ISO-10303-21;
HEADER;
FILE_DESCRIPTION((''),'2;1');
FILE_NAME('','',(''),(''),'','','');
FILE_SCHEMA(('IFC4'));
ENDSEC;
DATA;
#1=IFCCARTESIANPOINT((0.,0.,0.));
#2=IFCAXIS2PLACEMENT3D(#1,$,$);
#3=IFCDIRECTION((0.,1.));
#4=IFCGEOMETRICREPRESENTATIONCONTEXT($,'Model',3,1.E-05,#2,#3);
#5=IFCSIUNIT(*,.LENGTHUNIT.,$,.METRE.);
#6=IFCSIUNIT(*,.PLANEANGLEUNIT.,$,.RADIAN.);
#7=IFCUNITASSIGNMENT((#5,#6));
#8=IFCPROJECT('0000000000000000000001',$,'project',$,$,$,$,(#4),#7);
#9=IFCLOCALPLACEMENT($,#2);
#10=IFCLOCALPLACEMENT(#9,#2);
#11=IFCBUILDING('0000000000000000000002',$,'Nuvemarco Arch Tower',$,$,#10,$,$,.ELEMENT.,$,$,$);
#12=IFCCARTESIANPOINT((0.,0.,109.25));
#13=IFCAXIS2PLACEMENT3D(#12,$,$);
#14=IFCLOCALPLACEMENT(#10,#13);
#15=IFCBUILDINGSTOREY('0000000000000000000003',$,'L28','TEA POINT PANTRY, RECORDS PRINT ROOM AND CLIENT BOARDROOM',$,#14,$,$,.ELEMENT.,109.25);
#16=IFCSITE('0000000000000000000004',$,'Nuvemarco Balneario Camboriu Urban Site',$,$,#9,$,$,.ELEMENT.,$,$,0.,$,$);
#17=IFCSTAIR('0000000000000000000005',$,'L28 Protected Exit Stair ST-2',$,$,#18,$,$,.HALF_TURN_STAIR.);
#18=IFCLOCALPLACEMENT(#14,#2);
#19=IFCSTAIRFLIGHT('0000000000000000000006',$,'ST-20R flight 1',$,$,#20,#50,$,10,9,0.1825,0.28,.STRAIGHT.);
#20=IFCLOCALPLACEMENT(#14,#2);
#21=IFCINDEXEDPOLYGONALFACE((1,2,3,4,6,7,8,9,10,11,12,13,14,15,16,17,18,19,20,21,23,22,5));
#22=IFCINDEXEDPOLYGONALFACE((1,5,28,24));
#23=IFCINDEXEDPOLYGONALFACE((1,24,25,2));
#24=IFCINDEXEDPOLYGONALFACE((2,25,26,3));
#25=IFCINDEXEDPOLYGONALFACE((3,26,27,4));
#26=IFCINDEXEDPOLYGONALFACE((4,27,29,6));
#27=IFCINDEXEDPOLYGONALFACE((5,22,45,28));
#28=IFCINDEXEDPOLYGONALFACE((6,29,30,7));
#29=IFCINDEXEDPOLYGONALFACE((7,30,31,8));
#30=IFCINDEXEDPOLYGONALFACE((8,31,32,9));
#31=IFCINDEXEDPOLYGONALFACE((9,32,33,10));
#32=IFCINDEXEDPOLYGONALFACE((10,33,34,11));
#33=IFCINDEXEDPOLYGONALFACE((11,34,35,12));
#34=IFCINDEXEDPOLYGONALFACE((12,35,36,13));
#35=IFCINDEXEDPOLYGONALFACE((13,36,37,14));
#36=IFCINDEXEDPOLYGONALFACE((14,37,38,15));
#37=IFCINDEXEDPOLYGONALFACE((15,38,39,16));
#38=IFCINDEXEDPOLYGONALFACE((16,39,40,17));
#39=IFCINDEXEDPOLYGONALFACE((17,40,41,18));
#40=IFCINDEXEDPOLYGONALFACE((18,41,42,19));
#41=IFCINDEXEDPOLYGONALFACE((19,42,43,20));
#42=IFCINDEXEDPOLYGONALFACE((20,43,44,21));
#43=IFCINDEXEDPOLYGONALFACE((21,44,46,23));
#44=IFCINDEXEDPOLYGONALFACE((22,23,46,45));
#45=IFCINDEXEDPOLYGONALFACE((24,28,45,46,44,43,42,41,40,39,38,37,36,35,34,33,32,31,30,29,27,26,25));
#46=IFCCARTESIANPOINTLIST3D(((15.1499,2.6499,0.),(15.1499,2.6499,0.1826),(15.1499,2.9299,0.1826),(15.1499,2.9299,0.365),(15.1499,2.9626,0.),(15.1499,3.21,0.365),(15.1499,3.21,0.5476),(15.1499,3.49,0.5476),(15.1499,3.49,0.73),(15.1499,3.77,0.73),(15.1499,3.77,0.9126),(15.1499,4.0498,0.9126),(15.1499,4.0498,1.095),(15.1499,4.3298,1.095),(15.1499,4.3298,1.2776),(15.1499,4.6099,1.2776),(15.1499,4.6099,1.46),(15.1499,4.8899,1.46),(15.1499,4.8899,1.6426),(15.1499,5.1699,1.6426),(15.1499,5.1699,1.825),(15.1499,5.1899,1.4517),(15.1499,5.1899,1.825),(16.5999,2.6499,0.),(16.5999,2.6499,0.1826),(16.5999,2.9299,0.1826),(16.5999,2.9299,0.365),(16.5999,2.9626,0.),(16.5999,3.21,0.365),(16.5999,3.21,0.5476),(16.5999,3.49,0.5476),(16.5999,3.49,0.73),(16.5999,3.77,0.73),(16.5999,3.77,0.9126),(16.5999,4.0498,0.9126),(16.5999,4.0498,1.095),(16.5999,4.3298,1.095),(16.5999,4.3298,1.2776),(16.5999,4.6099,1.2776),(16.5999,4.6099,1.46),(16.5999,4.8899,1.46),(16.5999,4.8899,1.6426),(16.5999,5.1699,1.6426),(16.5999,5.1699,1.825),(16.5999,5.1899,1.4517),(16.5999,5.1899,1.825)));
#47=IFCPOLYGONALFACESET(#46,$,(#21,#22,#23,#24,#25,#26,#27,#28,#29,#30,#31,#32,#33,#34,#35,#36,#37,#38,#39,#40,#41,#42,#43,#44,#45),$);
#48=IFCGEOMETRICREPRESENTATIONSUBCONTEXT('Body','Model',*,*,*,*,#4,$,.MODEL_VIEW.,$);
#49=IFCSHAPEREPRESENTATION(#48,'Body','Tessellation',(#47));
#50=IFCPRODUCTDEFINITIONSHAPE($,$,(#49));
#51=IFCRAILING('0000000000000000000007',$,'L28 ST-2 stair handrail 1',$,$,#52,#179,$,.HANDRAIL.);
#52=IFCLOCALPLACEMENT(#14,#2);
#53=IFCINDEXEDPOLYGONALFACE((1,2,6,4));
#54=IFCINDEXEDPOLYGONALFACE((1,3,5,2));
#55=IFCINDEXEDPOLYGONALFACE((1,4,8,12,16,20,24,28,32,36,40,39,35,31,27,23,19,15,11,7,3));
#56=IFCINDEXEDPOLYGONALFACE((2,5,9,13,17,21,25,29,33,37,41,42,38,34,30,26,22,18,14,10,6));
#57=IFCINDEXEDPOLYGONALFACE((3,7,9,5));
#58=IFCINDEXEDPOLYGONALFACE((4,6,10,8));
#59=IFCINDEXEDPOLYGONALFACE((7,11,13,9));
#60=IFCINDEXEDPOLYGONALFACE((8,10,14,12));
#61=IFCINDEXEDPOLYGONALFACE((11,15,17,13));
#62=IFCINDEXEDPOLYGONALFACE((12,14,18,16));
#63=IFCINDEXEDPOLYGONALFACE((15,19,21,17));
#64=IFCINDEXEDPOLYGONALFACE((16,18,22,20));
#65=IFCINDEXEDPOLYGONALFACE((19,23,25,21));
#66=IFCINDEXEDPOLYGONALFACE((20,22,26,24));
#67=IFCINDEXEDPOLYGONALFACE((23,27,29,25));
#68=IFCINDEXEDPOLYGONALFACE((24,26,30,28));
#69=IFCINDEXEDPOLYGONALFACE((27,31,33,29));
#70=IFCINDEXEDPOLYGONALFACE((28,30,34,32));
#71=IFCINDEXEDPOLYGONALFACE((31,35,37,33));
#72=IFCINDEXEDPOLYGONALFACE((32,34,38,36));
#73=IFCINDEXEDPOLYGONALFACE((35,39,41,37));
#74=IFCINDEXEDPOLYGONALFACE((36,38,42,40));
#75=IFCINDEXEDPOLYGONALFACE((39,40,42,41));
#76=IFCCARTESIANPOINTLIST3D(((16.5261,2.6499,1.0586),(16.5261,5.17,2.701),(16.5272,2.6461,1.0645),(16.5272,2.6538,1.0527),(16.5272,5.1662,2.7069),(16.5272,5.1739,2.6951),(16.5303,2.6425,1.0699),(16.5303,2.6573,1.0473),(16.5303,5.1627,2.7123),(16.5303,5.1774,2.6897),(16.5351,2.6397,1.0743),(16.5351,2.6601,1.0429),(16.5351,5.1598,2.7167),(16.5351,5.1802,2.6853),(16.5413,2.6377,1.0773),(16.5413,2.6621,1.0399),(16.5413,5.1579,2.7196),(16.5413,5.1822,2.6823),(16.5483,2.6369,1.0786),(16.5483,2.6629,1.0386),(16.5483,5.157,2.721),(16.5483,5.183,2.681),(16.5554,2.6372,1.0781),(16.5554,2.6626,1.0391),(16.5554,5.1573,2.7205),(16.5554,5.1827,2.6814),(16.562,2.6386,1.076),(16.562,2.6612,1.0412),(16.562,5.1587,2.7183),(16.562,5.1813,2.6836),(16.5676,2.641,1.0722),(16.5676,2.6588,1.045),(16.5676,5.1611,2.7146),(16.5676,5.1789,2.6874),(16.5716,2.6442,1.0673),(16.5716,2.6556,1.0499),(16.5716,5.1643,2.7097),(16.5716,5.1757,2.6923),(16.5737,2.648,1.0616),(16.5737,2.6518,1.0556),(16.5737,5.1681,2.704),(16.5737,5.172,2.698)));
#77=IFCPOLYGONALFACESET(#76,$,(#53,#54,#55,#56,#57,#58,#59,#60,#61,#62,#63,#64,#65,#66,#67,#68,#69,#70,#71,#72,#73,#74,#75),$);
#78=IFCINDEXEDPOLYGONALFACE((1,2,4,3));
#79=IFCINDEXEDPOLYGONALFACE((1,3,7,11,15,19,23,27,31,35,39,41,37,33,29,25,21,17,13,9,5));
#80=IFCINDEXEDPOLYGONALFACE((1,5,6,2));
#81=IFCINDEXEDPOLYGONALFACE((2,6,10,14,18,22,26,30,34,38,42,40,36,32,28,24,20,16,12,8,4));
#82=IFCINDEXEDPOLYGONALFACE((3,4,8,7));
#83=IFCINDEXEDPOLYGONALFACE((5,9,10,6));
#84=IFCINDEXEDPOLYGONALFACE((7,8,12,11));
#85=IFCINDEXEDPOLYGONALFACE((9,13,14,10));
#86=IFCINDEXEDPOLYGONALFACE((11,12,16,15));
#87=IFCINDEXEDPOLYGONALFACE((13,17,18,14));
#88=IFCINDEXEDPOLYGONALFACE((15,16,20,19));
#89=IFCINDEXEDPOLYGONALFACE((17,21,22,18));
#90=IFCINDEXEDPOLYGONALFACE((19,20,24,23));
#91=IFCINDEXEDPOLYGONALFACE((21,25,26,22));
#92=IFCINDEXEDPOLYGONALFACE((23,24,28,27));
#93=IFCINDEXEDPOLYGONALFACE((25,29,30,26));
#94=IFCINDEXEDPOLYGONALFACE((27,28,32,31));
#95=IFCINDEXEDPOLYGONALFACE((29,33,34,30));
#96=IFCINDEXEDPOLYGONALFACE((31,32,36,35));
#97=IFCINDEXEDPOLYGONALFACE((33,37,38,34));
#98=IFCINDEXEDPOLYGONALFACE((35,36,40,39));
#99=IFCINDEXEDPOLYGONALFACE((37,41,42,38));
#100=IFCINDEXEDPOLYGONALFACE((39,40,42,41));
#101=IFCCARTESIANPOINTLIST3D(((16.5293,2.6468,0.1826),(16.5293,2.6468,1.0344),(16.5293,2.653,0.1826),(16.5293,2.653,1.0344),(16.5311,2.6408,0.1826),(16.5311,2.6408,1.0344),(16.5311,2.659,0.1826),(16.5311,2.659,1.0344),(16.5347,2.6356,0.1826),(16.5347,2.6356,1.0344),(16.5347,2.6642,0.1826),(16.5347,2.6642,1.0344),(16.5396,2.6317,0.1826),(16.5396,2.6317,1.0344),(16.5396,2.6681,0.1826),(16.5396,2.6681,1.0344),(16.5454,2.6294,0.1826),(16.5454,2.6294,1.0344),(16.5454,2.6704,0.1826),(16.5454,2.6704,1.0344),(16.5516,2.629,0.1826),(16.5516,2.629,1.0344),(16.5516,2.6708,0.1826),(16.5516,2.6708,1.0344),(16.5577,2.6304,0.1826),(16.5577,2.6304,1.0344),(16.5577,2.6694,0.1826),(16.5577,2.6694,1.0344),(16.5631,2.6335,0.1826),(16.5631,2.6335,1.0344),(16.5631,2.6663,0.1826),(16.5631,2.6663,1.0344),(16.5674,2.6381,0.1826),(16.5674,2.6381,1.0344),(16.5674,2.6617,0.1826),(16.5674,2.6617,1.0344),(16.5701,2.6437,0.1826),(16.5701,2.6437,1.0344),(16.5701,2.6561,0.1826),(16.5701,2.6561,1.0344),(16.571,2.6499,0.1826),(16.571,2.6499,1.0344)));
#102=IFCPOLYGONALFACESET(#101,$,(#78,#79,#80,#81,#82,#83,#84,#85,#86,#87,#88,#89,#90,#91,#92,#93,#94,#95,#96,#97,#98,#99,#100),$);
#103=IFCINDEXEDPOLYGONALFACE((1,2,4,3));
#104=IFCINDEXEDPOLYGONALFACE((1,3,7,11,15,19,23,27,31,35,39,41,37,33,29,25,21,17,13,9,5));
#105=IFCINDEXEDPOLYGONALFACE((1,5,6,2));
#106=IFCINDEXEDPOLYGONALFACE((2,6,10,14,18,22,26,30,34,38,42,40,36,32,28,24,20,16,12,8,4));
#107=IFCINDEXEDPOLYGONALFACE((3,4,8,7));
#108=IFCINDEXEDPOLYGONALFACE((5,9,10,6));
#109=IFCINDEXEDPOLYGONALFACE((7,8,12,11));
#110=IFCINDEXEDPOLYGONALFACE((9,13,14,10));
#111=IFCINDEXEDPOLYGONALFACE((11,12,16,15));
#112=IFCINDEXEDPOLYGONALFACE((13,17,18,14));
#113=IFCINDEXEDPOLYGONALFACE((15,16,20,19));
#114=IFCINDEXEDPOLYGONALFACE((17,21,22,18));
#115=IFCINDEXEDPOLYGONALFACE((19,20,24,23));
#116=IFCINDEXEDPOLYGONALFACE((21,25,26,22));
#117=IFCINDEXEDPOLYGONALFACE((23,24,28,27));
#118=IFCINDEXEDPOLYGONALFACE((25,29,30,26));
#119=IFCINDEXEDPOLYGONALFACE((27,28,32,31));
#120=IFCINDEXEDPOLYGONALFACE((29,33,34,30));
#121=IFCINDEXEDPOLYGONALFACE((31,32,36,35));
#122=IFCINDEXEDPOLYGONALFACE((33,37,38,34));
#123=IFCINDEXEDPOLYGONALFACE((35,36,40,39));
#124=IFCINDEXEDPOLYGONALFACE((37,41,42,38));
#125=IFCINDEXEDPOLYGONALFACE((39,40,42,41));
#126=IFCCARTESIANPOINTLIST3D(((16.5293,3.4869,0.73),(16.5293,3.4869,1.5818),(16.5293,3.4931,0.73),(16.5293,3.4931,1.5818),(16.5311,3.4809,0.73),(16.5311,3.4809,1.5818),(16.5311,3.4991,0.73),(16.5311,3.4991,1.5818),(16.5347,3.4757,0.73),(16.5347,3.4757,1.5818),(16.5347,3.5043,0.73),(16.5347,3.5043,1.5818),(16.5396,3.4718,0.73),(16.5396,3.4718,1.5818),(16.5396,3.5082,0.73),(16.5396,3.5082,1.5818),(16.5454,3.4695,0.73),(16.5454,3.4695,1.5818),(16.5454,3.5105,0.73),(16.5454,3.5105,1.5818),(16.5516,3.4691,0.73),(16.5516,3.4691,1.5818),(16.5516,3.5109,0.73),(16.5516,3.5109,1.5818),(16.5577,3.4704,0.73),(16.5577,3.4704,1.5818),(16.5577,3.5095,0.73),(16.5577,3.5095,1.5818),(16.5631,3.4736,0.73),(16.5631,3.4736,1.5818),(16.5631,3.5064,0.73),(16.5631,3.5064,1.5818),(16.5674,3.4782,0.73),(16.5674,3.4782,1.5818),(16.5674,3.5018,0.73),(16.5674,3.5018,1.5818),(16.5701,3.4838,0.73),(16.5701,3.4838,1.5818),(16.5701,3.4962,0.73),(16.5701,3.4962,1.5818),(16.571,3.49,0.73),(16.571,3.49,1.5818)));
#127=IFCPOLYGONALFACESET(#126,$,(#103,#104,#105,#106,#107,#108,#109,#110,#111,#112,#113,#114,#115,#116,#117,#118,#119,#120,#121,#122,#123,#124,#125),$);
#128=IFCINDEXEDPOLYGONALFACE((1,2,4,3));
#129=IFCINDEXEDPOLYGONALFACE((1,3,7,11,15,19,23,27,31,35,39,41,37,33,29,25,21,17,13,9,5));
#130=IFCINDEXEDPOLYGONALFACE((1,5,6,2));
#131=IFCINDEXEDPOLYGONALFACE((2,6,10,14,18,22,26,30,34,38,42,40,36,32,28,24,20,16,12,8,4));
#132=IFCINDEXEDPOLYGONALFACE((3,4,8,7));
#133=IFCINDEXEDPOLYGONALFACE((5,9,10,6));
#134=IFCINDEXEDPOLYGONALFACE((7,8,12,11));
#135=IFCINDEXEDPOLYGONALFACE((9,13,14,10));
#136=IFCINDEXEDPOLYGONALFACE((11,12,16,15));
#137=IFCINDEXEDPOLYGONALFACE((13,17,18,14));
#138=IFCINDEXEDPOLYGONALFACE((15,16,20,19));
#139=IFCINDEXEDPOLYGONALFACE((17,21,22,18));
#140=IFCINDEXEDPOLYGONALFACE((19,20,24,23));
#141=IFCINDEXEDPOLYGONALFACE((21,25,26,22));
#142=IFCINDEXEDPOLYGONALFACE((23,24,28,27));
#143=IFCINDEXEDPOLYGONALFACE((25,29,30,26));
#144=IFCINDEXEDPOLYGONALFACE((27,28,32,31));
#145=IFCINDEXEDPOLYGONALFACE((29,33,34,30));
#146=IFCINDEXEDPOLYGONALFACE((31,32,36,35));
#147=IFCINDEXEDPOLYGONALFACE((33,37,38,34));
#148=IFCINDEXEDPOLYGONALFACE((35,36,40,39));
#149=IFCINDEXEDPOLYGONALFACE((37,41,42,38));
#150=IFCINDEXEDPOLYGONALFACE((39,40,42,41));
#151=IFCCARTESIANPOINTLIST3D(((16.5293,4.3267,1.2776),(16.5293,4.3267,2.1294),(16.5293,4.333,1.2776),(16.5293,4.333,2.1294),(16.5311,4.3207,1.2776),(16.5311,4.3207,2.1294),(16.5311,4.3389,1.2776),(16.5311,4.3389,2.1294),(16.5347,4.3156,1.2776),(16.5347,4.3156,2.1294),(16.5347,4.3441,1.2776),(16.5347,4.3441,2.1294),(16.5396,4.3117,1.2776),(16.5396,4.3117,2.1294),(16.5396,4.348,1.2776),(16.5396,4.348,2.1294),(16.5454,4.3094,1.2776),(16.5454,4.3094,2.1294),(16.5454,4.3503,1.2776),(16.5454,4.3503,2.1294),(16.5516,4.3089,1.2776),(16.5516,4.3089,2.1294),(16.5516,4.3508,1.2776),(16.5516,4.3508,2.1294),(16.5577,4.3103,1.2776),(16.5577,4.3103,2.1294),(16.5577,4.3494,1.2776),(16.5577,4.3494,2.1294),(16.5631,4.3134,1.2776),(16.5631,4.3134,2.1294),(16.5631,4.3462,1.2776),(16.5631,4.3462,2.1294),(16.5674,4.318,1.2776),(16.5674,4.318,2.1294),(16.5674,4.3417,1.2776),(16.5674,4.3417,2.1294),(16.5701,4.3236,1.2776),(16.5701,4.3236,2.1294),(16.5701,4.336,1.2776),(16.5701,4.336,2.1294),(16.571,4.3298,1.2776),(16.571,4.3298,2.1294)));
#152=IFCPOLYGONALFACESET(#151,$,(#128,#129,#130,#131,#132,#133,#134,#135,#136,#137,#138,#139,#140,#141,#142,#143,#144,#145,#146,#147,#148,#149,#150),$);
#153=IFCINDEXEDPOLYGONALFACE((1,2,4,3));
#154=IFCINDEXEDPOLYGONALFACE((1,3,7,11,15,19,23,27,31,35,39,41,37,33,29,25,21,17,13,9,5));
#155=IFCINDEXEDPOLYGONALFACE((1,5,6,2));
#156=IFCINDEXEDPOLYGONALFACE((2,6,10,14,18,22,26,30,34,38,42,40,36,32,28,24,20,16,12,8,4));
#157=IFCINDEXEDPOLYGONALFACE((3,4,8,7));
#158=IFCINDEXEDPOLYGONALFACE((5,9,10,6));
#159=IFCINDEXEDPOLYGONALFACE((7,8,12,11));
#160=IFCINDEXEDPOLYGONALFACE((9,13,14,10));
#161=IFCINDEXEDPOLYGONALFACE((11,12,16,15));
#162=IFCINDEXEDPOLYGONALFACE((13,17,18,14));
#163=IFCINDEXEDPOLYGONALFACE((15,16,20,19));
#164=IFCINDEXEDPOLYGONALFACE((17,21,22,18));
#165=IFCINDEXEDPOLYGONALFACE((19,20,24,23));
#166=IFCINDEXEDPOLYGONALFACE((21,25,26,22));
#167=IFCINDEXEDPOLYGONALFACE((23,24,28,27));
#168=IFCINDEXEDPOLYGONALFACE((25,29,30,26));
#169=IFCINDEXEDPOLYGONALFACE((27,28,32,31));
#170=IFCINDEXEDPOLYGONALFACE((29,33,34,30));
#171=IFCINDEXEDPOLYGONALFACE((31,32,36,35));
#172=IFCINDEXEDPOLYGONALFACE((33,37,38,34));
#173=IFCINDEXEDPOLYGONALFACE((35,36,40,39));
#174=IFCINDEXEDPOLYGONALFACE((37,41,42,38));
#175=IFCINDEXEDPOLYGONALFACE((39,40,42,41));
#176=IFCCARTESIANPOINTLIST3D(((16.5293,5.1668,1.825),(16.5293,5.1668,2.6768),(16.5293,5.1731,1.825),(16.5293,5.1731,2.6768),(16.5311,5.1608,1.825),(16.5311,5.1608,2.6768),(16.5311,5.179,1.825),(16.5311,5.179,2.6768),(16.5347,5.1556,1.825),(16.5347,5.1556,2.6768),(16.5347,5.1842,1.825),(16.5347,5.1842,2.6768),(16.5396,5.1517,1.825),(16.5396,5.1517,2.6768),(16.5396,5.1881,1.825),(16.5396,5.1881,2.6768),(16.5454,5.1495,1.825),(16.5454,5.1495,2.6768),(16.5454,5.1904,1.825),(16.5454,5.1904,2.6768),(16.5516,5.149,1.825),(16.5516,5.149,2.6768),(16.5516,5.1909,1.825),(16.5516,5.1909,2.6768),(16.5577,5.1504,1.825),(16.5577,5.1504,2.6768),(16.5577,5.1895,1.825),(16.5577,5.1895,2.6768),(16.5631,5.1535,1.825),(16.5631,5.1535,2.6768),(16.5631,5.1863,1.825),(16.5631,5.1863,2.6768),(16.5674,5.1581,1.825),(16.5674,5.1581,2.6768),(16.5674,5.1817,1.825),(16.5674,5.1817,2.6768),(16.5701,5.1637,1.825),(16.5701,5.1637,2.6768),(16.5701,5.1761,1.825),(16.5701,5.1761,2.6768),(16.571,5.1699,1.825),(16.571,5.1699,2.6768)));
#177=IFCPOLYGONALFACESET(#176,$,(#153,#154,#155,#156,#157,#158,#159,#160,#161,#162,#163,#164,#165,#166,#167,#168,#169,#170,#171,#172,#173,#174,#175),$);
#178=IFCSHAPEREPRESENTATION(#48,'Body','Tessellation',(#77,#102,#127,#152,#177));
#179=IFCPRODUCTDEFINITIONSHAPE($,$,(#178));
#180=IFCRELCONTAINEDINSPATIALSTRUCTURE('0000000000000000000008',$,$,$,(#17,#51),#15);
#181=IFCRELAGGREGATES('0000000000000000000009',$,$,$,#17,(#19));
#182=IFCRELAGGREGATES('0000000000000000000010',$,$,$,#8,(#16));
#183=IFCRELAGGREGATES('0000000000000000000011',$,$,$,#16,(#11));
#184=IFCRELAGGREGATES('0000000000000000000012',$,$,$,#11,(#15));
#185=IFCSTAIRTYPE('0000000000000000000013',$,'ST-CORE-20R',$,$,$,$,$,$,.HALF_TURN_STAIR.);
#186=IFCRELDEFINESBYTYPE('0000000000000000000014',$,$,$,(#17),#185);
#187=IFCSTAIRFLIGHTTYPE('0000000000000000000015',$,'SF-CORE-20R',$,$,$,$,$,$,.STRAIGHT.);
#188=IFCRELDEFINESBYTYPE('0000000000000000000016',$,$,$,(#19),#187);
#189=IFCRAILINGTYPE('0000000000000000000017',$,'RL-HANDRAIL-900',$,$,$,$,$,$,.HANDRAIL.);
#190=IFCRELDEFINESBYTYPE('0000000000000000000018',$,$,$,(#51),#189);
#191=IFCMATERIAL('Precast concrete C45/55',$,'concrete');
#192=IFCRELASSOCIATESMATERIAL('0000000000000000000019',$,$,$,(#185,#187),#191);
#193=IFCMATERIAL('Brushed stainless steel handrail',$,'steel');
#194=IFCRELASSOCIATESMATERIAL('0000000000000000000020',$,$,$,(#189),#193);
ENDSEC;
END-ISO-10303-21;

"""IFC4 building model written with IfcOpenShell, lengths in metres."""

from ifc_helpers import new_model, si_unit, direction, frame, origin, origin_2d, place, context, subcontext, project, spatial, polyline, circle, outline, extrude, material, type_object, element, aggregate, save


model = new_model("IFC4")

# Units and contexts
model_context = context("Model", 3, precision=1e-05, world=origin(), true_north=direction((0.0, 1.0)))
body_context = subcontext(model_context, "Body", "Model", "MODEL_VIEW")
ifc_project = project(units=[si_unit("LENGTHUNIT", "METRE"), si_unit("PLANEANGLEUNIT", "RADIAN")], contexts=[model_context])

# Site, building, storey
site_placement = place(None, origin())
site = spatial("IfcSite", under=ifc_project, at=site_placement, Name="Nuvemarco Balneario Camboriu Urban Site", CompositionType="ELEMENT", RefElevation=0.0)
building_placement = place(site_placement, origin())
building = spatial("IfcBuilding", under=site, at=building_placement, Name="Nuvemarco Arch Tower", CompositionType="ELEMENT")
storey_placement = place(building_placement, frame((0.0, 0.0, 109.25)))
storey = spatial("IfcBuildingStorey", under=building, at=storey_placement, Name="L28", Description="TEA POINT PANTRY, RECORDS PRINT ROOM AND CLIENT BOARDROOM", CompositionType="ELEMENT", Elevation=109.25)

# Shared definitions
ifc_material_1 = material(Name="Precast concrete C45/55", Category="concrete")

# Stair, stair flight
stair_type = type_object("IfcStairType", Name="ST-CORE-20R", PredefinedType="HALF_TURN_STAIR", material=ifc_material_1)
stair_placement = place(storey_placement, origin())
stair = element("IfcStair", 1, at=stair_placement, inside=storey, type_object=stair_type, Name="L28 Protected Exit Stair ST-2", PredefinedType="HALF_TURN_STAIR")
stair_flight_type = type_object("IfcStairFlightType", Name="SF-CORE-20R", PredefinedType="STRAIGHT", material=ifc_material_1)
stair_flight_placement = place(storey_placement, frame((15.875, 2.6499, 0.0), z_axis=(0.0, 0.0, 1.0), x_axis=(0.0, 1.0, 0.0)))
stair_flight = element("IfcStairFlight", 2, at=stair_flight_placement, type_object=stair_flight_type, Name="ST-20R flight 1", NumberOfRisers=10, NumberOfTreads=9, PredefinedType="STRAIGHT", RiserHeight=0.1825, TreadLength=0.28, context=body_context, shape_type="SweptSolid", body=[
    extrude(outline(polyline([(0.0, 0.0), (0.0, 0.1826), (0.28, 0.1826), (0.28, 0.365), (0.5601, 0.365), (0.5601, 0.5476), (0.8401, 0.5476), (0.8401, 0.73), (1.1201, 0.73), (1.1201, 0.9126), (1.3999, 0.9126), (1.3999, 1.095), (1.6799, 1.095), (1.6799, 1.2776), (1.96, 1.2776), (1.96, 1.46), (2.24, 1.46), (2.24, 1.6426), (2.52, 1.6426), (2.52, 1.825), (2.54, 1.825), (2.54, 1.4517), (0.3127, 0.0), (0.0, 0.0)])), frame((0.0, 0.7251, 0.0), z_axis=(0.0, -1.0, 0.0), x_axis=(1.0, 0.0, 0.0)), (0.0, 0.0, 1.0), 1.45),
])
aggregate(stair, [stair_flight])

# Railing
ifc_material_2 = material(Name="Brushed stainless steel handrail", Category="steel")
railing_type_1 = type_object("IfcRailingType", Name="RL-HANDRAIL-900", PredefinedType="HANDRAIL", material=ifc_material_2)
railing_1_placement = place(storey_placement, frame((16.55, 2.6499, 0.1826)))
element("IfcRailing", 3, at=railing_1_placement, inside=storey, type_object=railing_type_1, Name="L28 ST-2 stair handrail 1", PredefinedType="HANDRAIL", context=body_context, shape_type="SweptSolid", body=[
    extrude(circle(Radius=0.0239, at=origin_2d()), frame((0.0, 0.0, 0.876), z_axis=(0.0, 0.837787, 0.545998), x_axis=(-1.0, 0.0, 0.0)), (0.0, 0.0, 1.0), 3.0081),
    extrude(circle(Radius=0.021, at=origin_2d()), origin(), (0.0, 0.0, 1.0), 0.8518),
    extrude(circle(Radius=0.021, at=origin_2d()), frame((0.0, 0.8401, 0.5474)), (0.0, 0.0, 1.0), 0.8518),
    extrude(circle(Radius=0.021, at=origin_2d()), frame((0.0, 1.6799, 1.095)), (0.0, 0.0, 1.0), 0.8518),
    extrude(circle(Radius=0.021, at=origin_2d()), frame((0.0, 2.52, 1.6423)), (0.0, 0.0, 1.0), 0.8518),
])

save(model, "model.ifc")
